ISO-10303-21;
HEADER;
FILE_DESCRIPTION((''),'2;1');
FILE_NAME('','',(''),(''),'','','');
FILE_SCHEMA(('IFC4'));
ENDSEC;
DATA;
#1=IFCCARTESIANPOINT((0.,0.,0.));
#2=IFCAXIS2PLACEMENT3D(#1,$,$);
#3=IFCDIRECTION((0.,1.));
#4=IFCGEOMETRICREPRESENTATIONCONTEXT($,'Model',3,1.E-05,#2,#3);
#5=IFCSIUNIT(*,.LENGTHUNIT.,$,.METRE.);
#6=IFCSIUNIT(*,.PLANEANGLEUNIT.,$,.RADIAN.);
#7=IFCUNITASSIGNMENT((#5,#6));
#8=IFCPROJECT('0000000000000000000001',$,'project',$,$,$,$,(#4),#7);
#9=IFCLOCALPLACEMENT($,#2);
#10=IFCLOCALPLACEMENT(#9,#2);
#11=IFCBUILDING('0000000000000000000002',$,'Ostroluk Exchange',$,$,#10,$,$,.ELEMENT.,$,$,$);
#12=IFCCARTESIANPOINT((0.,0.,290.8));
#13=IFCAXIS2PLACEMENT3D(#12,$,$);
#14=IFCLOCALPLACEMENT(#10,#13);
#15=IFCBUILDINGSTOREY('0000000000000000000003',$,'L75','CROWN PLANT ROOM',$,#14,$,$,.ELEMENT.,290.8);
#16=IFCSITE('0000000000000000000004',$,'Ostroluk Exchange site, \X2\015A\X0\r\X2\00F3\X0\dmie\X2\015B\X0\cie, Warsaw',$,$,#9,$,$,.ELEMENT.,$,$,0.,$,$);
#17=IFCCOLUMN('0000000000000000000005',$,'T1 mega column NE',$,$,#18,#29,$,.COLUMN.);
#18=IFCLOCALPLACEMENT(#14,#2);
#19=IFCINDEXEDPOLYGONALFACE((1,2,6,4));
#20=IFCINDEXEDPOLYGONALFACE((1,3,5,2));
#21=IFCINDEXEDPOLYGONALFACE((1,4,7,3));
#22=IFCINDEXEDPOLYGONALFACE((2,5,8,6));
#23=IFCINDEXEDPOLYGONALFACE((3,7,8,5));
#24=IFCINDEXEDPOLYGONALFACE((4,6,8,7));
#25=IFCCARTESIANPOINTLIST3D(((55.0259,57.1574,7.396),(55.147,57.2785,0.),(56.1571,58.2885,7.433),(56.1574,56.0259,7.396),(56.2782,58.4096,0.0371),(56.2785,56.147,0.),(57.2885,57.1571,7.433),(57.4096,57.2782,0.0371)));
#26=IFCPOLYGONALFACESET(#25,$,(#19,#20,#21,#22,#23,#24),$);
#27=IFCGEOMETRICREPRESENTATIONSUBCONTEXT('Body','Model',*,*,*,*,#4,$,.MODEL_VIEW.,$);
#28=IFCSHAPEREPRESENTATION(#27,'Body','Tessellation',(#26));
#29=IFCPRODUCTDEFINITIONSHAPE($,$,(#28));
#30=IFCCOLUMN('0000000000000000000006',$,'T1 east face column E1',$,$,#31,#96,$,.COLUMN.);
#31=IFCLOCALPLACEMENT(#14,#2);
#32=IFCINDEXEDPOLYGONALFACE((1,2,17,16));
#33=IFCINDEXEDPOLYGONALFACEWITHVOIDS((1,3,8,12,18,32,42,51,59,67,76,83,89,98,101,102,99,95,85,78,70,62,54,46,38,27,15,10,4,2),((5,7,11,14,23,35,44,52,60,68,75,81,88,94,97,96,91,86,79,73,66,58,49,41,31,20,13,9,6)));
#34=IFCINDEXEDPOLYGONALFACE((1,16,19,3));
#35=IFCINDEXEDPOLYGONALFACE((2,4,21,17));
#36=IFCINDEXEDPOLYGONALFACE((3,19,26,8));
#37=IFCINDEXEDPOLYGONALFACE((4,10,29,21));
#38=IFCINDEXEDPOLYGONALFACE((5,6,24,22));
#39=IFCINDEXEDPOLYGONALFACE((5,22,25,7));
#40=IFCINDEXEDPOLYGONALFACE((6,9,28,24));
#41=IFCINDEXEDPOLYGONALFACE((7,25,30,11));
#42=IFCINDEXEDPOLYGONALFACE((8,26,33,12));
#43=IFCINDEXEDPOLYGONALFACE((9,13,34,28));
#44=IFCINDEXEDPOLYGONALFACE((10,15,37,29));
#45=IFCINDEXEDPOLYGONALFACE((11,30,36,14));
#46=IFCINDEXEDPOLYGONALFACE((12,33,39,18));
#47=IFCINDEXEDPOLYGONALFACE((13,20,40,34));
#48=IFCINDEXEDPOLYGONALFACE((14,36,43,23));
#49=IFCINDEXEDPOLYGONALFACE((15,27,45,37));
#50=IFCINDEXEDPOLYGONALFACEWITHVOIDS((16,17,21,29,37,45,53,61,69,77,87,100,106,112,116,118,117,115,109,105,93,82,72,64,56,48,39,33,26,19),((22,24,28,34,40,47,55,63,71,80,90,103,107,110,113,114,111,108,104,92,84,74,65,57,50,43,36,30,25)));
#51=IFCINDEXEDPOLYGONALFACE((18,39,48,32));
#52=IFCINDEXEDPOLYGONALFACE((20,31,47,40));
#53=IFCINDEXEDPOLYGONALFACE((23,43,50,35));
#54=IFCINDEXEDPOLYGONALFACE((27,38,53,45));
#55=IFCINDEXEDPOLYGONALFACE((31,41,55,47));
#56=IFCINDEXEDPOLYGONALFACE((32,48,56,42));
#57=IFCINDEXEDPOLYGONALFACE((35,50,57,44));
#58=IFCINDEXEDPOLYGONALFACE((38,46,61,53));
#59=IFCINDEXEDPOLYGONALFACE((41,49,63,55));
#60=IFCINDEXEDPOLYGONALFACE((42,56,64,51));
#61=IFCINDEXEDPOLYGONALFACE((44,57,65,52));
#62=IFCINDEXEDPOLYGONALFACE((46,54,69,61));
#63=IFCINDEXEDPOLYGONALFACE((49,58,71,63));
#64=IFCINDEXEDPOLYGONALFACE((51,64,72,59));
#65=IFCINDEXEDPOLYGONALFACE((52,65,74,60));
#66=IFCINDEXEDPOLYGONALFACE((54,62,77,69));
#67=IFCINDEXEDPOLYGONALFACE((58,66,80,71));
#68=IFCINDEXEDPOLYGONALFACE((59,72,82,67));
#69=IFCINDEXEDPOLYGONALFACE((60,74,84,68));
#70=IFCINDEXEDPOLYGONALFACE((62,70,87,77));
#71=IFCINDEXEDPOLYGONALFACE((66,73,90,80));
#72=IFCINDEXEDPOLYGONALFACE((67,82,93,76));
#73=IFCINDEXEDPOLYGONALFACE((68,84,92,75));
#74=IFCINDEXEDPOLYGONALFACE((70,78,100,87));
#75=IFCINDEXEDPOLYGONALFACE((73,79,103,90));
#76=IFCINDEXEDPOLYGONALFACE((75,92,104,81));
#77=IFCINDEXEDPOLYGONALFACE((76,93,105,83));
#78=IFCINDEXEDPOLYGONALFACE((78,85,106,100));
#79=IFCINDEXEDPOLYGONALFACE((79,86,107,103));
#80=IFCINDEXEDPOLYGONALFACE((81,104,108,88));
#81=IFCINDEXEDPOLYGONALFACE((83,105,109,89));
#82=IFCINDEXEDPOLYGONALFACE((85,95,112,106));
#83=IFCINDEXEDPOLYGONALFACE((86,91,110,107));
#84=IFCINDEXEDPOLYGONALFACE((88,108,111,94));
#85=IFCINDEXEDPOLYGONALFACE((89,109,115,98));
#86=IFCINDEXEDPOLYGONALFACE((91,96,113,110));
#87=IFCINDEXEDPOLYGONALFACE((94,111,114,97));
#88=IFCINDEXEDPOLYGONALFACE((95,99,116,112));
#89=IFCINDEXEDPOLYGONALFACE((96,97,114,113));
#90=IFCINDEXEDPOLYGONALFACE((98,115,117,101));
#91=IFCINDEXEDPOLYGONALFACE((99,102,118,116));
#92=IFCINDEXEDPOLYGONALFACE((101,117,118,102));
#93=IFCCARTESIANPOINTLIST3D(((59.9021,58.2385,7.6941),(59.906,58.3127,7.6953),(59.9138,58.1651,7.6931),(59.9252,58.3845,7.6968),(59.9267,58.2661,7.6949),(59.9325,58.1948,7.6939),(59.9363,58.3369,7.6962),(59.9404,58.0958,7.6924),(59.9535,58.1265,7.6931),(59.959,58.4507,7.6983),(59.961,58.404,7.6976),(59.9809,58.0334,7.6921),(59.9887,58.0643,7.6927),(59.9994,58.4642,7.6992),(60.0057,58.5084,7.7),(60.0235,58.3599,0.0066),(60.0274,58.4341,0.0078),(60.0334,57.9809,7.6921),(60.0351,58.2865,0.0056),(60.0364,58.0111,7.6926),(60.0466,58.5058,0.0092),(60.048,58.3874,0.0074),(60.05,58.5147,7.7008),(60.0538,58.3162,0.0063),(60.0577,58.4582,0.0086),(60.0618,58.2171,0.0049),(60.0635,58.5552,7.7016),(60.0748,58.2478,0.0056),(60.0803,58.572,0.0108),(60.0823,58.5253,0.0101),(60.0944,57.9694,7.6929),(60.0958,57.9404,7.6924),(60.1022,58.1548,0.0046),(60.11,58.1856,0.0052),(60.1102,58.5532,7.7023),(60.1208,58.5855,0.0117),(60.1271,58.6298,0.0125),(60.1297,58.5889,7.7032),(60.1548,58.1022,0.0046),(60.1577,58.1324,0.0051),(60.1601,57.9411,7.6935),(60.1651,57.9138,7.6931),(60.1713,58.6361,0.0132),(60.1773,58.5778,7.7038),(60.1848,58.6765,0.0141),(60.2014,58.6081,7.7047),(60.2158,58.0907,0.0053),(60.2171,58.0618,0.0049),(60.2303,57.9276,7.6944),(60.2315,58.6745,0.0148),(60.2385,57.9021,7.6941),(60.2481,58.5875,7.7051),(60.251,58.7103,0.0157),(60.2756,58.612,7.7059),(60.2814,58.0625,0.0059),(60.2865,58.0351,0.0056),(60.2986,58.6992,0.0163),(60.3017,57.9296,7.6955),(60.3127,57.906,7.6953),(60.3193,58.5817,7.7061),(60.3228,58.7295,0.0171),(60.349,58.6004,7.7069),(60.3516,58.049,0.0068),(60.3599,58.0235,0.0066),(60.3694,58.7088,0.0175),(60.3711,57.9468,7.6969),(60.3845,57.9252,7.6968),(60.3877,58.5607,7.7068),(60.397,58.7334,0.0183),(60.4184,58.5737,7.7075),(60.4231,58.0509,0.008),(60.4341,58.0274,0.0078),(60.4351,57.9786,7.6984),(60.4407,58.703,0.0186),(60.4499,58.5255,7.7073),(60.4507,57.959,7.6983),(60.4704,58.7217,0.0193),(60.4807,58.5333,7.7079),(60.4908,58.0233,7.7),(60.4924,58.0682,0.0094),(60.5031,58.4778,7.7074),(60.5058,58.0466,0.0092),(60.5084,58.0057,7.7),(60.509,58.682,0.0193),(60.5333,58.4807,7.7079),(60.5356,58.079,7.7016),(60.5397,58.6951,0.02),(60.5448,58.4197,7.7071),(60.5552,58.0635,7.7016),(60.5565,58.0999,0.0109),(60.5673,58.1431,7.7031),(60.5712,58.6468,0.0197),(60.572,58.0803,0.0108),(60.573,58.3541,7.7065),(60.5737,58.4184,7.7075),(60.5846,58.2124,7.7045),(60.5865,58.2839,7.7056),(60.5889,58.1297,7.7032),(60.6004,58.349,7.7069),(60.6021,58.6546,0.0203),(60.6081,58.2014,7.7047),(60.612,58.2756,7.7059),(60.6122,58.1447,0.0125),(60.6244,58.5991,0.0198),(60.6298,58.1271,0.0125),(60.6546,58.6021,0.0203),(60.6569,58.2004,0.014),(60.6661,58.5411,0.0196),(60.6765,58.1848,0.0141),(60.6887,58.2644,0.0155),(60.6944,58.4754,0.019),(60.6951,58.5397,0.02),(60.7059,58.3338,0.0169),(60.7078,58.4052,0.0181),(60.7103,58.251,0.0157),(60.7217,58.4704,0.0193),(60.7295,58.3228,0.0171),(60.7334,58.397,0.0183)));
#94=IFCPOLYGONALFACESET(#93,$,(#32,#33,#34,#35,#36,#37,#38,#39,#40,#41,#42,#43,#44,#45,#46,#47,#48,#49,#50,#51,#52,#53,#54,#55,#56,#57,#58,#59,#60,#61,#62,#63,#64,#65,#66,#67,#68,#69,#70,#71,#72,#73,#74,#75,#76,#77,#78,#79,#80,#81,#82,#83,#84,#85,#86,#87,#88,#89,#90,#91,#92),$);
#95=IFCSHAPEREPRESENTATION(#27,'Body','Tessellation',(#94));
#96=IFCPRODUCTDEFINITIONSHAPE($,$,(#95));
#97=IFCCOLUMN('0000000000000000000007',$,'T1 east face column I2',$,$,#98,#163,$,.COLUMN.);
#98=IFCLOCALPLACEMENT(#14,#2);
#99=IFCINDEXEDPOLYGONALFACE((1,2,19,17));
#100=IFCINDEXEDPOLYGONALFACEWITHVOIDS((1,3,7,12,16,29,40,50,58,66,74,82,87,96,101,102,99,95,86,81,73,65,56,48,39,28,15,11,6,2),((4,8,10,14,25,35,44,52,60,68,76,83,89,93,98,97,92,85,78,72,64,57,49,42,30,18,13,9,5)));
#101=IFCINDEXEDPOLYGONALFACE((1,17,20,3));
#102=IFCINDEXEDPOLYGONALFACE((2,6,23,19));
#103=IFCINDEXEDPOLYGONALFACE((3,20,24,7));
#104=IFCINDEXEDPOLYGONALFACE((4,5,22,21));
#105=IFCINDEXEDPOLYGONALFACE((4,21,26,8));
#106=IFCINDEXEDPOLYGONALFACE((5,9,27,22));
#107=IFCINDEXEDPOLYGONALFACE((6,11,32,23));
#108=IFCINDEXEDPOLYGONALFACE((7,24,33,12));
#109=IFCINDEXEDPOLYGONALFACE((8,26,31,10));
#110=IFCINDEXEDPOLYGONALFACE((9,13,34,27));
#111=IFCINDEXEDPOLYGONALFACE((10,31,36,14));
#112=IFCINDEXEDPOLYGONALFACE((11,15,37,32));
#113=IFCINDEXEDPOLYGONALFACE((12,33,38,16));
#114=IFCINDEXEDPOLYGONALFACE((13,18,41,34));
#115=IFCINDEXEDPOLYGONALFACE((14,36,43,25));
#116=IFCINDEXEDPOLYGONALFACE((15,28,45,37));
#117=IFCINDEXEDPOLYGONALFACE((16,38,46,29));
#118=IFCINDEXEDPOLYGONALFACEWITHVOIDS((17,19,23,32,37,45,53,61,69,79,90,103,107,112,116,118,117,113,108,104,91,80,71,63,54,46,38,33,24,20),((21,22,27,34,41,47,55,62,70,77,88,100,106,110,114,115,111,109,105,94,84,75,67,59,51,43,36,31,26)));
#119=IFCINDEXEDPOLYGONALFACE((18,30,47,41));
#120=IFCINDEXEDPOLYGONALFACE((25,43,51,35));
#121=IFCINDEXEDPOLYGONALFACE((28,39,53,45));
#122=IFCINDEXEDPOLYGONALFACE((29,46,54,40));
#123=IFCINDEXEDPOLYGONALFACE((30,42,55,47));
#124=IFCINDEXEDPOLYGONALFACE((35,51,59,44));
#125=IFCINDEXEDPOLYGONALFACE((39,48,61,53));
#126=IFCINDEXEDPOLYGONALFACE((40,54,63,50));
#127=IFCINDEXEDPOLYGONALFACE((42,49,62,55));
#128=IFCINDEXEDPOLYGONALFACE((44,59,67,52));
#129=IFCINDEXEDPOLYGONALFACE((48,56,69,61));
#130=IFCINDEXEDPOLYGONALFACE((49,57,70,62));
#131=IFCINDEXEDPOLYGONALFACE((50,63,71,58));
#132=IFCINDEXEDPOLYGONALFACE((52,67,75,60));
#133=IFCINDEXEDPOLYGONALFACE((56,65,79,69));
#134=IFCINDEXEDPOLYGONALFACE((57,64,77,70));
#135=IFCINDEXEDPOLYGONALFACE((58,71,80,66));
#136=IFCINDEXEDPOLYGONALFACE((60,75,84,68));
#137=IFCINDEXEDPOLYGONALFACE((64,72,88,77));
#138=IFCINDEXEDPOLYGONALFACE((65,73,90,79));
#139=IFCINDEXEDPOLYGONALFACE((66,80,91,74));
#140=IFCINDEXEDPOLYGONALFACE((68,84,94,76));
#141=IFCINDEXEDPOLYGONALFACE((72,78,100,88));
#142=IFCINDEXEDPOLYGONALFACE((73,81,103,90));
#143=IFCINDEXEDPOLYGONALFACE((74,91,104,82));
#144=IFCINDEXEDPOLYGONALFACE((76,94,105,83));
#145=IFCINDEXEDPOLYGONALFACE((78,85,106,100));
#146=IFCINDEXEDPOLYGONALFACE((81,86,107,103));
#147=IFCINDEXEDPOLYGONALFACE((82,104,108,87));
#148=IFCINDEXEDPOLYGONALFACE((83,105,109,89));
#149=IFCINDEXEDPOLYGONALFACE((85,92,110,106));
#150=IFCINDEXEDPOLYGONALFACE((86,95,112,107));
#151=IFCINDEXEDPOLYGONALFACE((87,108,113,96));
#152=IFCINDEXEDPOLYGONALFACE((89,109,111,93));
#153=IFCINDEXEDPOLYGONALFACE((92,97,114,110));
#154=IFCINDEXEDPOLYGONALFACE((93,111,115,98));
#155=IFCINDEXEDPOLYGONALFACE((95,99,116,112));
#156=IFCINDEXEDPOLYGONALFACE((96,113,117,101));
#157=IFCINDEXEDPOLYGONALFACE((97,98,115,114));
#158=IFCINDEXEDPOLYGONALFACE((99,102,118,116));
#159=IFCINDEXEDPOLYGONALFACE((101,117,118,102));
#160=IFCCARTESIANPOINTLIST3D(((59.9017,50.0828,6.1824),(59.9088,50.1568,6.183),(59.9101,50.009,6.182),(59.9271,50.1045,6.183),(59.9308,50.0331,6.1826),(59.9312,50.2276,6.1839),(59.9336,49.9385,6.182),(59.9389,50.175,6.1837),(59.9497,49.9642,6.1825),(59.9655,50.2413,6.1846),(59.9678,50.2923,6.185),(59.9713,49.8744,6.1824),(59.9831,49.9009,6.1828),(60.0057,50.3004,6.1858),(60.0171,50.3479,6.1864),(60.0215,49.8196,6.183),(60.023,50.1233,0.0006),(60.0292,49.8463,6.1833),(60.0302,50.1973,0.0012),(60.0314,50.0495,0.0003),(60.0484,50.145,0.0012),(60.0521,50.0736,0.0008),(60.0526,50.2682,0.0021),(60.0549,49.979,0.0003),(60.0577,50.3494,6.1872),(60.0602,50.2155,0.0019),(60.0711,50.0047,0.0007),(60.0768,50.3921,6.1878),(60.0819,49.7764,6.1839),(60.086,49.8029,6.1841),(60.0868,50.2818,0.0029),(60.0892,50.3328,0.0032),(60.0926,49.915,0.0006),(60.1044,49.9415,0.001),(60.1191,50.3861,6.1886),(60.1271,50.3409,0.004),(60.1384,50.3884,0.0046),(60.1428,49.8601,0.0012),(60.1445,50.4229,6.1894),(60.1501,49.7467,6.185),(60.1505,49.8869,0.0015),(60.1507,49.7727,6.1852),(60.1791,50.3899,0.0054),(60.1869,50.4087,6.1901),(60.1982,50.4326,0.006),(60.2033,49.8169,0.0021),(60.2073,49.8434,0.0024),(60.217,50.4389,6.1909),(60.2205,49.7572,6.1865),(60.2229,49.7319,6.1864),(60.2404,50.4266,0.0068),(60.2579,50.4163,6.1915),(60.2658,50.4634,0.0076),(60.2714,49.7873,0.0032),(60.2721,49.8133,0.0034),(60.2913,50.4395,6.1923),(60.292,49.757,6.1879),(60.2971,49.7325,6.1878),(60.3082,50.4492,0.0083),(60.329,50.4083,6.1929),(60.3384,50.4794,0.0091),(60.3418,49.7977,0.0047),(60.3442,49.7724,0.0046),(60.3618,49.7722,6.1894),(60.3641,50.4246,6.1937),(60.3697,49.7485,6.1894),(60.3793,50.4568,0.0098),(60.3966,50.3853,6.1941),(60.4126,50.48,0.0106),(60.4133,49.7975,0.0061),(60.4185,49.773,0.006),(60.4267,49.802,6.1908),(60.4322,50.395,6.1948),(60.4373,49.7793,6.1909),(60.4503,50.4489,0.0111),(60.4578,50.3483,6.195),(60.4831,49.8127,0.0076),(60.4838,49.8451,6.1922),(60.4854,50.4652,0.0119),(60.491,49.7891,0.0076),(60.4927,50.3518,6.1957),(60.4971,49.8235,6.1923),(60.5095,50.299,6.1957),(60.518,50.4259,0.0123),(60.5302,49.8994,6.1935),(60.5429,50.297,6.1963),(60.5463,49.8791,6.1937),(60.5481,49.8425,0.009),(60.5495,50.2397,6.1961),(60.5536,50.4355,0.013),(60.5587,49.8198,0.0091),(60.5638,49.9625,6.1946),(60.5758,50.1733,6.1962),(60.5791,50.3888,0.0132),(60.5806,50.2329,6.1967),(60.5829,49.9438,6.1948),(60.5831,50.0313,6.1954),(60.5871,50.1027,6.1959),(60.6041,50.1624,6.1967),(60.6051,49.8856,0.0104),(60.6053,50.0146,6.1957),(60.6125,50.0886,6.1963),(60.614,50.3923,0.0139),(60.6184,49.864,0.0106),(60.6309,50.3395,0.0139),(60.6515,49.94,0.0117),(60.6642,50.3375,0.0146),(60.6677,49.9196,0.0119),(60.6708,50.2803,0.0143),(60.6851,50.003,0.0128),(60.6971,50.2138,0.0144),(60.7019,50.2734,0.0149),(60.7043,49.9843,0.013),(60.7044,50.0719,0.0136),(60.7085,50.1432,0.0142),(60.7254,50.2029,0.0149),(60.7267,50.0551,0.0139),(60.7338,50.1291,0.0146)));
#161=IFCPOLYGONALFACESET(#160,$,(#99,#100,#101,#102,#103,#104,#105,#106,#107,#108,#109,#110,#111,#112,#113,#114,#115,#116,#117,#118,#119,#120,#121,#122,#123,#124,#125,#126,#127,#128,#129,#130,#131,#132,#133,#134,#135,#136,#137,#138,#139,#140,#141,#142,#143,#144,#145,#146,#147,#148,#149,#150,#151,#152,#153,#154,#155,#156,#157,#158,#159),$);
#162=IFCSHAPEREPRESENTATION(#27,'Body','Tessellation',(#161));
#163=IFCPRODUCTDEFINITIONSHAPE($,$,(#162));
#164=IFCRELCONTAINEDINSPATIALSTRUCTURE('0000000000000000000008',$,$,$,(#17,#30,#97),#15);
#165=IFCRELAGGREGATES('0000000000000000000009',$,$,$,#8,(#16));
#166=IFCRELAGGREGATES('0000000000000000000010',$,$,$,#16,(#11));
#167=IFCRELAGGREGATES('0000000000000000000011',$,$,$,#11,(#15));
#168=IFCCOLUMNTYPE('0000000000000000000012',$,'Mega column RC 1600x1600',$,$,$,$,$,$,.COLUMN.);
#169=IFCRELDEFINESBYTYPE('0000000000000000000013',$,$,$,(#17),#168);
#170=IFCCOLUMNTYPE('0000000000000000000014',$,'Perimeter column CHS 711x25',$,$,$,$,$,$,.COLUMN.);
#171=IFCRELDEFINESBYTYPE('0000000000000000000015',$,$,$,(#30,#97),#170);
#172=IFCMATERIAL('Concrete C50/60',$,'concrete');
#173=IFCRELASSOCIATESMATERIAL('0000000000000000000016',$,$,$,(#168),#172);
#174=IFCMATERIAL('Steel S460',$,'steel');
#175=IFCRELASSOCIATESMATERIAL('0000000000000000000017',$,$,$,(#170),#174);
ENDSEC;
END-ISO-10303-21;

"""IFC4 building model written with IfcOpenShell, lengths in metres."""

from ifc_helpers import new_model, si_unit, direction, frame, origin, origin_2d, place, context, subcontext, project, spatial, rectangle, hollow_circle, extrude, material, material_profile, profile_set, type_object, element, save


model = new_model("IFC4")

# Units and contexts
model_context = context("Model", 3, precision=1e-05, world=origin(), true_north=direction((0.0, 1.0)))
body_context = subcontext(model_context, "Body", "Model", "MODEL_VIEW")
ifc_project = project(units=[si_unit("LENGTHUNIT", "METRE"), si_unit("PLANEANGLEUNIT", "RADIAN")], contexts=[model_context])

# Site, building, storey
site_placement = place(None, origin())
site = spatial("IfcSite", under=ifc_project, at=site_placement, Name="Ostroluk Exchange site, Śródmieście, Warsaw", CompositionType="ELEMENT", RefElevation=0.0)
building_placement = place(site_placement, origin())
building = spatial("IfcBuilding", under=site, at=building_placement, Name="Ostroluk Exchange", CompositionType="ELEMENT")
storey_placement = place(building_placement, frame((0.0, 0.0, 290.8)))
storey = spatial("IfcBuildingStorey", under=building, at=storey_placement, Name="L75", Description="CROWN PLANT ROOM", CompositionType="ELEMENT", Elevation=290.8)

# Columns
ifc_material_1 = material(Name="Concrete C50/60", Category="concrete")
ifc_material_profile_1 = material_profile(ifc_material_1, rectangle(XDim=1.6001, YDim=1.6001, at=origin_2d()), Name="RC 1600x1600")
ifc_profile_set_1 = profile_set([ifc_material_profile_1], Name="Concrete C50/60")
column_type_1 = type_object("IfcColumnType", Name="Mega column RC 1600x1600", PredefinedType="COLUMN", material=ifc_profile_set_1)
column_1_placement = place(storey_placement, frame((56.2783, 57.2783, 0.0186), z_axis=(-0.016368, -0.016368, 0.999732), x_axis=(0.707107, -0.707107, 0.0)))
element("IfcColumn", 1, at=column_1_placement, inside=storey, type_object=column_type_1, Name="T1 mega column NE", PredefinedType="COLUMN", context=body_context, shape_type="SweptSolid", body=[
    extrude(rectangle(XDim=1.6001, YDim=1.6001, at=origin_2d()), origin(), (0.0, 0.0, 1.0), 7.3979),
])
ifc_material_2 = material(Name="Steel S460", Category="steel")
ifc_material_profile_2 = material_profile(ifc_material_2, hollow_circle(Radius=0.3555, WallThickness=0.0249, at=origin_2d()), Name="CHS 711x25")
ifc_profile_set_2 = profile_set([ifc_material_profile_2], Name="Steel S460")
column_type_2 = type_object("IfcColumnType", Name="Perimeter column CHS 711x25", PredefinedType="COLUMN", material=ifc_profile_set_2)
column_2_placement = place(storey_placement, frame((60.3784, 58.3784, 0.0125), z_axis=(-0.01578, -0.01578, 0.999751), x_axis=(0.707107, -0.707107, 0.0)))
element("IfcColumn", 2, at=column_2_placement, inside=storey, type_object=column_type_2, Name="T1 east face column E1", PredefinedType="COLUMN", context=body_context, shape_type="SweptSolid", body=[
    extrude(hollow_circle(Radius=0.3555, WallThickness=0.0249, at=origin_2d()), origin(), (0.0, 0.0, 1.0), 7.6895),
])
column_3_placement = place(storey_placement, frame((60.3784, 50.1262, 0.0076), z_axis=(-0.019624, -0.006554, 0.999786), x_axis=(0.3168, -0.948492, 0.0)))
element("IfcColumn", 3, at=column_3_placement, inside=storey, type_object=column_type_2, Name="T1 east face column I2", PredefinedType="COLUMN", context=body_context, shape_type="SweptSolid", body=[
    extrude(hollow_circle(Radius=0.3555, WallThickness=0.0249, at=origin_2d()), origin(), (0.0, 0.0, 1.0), 6.1831),
])

save(model, "model.ifc")
